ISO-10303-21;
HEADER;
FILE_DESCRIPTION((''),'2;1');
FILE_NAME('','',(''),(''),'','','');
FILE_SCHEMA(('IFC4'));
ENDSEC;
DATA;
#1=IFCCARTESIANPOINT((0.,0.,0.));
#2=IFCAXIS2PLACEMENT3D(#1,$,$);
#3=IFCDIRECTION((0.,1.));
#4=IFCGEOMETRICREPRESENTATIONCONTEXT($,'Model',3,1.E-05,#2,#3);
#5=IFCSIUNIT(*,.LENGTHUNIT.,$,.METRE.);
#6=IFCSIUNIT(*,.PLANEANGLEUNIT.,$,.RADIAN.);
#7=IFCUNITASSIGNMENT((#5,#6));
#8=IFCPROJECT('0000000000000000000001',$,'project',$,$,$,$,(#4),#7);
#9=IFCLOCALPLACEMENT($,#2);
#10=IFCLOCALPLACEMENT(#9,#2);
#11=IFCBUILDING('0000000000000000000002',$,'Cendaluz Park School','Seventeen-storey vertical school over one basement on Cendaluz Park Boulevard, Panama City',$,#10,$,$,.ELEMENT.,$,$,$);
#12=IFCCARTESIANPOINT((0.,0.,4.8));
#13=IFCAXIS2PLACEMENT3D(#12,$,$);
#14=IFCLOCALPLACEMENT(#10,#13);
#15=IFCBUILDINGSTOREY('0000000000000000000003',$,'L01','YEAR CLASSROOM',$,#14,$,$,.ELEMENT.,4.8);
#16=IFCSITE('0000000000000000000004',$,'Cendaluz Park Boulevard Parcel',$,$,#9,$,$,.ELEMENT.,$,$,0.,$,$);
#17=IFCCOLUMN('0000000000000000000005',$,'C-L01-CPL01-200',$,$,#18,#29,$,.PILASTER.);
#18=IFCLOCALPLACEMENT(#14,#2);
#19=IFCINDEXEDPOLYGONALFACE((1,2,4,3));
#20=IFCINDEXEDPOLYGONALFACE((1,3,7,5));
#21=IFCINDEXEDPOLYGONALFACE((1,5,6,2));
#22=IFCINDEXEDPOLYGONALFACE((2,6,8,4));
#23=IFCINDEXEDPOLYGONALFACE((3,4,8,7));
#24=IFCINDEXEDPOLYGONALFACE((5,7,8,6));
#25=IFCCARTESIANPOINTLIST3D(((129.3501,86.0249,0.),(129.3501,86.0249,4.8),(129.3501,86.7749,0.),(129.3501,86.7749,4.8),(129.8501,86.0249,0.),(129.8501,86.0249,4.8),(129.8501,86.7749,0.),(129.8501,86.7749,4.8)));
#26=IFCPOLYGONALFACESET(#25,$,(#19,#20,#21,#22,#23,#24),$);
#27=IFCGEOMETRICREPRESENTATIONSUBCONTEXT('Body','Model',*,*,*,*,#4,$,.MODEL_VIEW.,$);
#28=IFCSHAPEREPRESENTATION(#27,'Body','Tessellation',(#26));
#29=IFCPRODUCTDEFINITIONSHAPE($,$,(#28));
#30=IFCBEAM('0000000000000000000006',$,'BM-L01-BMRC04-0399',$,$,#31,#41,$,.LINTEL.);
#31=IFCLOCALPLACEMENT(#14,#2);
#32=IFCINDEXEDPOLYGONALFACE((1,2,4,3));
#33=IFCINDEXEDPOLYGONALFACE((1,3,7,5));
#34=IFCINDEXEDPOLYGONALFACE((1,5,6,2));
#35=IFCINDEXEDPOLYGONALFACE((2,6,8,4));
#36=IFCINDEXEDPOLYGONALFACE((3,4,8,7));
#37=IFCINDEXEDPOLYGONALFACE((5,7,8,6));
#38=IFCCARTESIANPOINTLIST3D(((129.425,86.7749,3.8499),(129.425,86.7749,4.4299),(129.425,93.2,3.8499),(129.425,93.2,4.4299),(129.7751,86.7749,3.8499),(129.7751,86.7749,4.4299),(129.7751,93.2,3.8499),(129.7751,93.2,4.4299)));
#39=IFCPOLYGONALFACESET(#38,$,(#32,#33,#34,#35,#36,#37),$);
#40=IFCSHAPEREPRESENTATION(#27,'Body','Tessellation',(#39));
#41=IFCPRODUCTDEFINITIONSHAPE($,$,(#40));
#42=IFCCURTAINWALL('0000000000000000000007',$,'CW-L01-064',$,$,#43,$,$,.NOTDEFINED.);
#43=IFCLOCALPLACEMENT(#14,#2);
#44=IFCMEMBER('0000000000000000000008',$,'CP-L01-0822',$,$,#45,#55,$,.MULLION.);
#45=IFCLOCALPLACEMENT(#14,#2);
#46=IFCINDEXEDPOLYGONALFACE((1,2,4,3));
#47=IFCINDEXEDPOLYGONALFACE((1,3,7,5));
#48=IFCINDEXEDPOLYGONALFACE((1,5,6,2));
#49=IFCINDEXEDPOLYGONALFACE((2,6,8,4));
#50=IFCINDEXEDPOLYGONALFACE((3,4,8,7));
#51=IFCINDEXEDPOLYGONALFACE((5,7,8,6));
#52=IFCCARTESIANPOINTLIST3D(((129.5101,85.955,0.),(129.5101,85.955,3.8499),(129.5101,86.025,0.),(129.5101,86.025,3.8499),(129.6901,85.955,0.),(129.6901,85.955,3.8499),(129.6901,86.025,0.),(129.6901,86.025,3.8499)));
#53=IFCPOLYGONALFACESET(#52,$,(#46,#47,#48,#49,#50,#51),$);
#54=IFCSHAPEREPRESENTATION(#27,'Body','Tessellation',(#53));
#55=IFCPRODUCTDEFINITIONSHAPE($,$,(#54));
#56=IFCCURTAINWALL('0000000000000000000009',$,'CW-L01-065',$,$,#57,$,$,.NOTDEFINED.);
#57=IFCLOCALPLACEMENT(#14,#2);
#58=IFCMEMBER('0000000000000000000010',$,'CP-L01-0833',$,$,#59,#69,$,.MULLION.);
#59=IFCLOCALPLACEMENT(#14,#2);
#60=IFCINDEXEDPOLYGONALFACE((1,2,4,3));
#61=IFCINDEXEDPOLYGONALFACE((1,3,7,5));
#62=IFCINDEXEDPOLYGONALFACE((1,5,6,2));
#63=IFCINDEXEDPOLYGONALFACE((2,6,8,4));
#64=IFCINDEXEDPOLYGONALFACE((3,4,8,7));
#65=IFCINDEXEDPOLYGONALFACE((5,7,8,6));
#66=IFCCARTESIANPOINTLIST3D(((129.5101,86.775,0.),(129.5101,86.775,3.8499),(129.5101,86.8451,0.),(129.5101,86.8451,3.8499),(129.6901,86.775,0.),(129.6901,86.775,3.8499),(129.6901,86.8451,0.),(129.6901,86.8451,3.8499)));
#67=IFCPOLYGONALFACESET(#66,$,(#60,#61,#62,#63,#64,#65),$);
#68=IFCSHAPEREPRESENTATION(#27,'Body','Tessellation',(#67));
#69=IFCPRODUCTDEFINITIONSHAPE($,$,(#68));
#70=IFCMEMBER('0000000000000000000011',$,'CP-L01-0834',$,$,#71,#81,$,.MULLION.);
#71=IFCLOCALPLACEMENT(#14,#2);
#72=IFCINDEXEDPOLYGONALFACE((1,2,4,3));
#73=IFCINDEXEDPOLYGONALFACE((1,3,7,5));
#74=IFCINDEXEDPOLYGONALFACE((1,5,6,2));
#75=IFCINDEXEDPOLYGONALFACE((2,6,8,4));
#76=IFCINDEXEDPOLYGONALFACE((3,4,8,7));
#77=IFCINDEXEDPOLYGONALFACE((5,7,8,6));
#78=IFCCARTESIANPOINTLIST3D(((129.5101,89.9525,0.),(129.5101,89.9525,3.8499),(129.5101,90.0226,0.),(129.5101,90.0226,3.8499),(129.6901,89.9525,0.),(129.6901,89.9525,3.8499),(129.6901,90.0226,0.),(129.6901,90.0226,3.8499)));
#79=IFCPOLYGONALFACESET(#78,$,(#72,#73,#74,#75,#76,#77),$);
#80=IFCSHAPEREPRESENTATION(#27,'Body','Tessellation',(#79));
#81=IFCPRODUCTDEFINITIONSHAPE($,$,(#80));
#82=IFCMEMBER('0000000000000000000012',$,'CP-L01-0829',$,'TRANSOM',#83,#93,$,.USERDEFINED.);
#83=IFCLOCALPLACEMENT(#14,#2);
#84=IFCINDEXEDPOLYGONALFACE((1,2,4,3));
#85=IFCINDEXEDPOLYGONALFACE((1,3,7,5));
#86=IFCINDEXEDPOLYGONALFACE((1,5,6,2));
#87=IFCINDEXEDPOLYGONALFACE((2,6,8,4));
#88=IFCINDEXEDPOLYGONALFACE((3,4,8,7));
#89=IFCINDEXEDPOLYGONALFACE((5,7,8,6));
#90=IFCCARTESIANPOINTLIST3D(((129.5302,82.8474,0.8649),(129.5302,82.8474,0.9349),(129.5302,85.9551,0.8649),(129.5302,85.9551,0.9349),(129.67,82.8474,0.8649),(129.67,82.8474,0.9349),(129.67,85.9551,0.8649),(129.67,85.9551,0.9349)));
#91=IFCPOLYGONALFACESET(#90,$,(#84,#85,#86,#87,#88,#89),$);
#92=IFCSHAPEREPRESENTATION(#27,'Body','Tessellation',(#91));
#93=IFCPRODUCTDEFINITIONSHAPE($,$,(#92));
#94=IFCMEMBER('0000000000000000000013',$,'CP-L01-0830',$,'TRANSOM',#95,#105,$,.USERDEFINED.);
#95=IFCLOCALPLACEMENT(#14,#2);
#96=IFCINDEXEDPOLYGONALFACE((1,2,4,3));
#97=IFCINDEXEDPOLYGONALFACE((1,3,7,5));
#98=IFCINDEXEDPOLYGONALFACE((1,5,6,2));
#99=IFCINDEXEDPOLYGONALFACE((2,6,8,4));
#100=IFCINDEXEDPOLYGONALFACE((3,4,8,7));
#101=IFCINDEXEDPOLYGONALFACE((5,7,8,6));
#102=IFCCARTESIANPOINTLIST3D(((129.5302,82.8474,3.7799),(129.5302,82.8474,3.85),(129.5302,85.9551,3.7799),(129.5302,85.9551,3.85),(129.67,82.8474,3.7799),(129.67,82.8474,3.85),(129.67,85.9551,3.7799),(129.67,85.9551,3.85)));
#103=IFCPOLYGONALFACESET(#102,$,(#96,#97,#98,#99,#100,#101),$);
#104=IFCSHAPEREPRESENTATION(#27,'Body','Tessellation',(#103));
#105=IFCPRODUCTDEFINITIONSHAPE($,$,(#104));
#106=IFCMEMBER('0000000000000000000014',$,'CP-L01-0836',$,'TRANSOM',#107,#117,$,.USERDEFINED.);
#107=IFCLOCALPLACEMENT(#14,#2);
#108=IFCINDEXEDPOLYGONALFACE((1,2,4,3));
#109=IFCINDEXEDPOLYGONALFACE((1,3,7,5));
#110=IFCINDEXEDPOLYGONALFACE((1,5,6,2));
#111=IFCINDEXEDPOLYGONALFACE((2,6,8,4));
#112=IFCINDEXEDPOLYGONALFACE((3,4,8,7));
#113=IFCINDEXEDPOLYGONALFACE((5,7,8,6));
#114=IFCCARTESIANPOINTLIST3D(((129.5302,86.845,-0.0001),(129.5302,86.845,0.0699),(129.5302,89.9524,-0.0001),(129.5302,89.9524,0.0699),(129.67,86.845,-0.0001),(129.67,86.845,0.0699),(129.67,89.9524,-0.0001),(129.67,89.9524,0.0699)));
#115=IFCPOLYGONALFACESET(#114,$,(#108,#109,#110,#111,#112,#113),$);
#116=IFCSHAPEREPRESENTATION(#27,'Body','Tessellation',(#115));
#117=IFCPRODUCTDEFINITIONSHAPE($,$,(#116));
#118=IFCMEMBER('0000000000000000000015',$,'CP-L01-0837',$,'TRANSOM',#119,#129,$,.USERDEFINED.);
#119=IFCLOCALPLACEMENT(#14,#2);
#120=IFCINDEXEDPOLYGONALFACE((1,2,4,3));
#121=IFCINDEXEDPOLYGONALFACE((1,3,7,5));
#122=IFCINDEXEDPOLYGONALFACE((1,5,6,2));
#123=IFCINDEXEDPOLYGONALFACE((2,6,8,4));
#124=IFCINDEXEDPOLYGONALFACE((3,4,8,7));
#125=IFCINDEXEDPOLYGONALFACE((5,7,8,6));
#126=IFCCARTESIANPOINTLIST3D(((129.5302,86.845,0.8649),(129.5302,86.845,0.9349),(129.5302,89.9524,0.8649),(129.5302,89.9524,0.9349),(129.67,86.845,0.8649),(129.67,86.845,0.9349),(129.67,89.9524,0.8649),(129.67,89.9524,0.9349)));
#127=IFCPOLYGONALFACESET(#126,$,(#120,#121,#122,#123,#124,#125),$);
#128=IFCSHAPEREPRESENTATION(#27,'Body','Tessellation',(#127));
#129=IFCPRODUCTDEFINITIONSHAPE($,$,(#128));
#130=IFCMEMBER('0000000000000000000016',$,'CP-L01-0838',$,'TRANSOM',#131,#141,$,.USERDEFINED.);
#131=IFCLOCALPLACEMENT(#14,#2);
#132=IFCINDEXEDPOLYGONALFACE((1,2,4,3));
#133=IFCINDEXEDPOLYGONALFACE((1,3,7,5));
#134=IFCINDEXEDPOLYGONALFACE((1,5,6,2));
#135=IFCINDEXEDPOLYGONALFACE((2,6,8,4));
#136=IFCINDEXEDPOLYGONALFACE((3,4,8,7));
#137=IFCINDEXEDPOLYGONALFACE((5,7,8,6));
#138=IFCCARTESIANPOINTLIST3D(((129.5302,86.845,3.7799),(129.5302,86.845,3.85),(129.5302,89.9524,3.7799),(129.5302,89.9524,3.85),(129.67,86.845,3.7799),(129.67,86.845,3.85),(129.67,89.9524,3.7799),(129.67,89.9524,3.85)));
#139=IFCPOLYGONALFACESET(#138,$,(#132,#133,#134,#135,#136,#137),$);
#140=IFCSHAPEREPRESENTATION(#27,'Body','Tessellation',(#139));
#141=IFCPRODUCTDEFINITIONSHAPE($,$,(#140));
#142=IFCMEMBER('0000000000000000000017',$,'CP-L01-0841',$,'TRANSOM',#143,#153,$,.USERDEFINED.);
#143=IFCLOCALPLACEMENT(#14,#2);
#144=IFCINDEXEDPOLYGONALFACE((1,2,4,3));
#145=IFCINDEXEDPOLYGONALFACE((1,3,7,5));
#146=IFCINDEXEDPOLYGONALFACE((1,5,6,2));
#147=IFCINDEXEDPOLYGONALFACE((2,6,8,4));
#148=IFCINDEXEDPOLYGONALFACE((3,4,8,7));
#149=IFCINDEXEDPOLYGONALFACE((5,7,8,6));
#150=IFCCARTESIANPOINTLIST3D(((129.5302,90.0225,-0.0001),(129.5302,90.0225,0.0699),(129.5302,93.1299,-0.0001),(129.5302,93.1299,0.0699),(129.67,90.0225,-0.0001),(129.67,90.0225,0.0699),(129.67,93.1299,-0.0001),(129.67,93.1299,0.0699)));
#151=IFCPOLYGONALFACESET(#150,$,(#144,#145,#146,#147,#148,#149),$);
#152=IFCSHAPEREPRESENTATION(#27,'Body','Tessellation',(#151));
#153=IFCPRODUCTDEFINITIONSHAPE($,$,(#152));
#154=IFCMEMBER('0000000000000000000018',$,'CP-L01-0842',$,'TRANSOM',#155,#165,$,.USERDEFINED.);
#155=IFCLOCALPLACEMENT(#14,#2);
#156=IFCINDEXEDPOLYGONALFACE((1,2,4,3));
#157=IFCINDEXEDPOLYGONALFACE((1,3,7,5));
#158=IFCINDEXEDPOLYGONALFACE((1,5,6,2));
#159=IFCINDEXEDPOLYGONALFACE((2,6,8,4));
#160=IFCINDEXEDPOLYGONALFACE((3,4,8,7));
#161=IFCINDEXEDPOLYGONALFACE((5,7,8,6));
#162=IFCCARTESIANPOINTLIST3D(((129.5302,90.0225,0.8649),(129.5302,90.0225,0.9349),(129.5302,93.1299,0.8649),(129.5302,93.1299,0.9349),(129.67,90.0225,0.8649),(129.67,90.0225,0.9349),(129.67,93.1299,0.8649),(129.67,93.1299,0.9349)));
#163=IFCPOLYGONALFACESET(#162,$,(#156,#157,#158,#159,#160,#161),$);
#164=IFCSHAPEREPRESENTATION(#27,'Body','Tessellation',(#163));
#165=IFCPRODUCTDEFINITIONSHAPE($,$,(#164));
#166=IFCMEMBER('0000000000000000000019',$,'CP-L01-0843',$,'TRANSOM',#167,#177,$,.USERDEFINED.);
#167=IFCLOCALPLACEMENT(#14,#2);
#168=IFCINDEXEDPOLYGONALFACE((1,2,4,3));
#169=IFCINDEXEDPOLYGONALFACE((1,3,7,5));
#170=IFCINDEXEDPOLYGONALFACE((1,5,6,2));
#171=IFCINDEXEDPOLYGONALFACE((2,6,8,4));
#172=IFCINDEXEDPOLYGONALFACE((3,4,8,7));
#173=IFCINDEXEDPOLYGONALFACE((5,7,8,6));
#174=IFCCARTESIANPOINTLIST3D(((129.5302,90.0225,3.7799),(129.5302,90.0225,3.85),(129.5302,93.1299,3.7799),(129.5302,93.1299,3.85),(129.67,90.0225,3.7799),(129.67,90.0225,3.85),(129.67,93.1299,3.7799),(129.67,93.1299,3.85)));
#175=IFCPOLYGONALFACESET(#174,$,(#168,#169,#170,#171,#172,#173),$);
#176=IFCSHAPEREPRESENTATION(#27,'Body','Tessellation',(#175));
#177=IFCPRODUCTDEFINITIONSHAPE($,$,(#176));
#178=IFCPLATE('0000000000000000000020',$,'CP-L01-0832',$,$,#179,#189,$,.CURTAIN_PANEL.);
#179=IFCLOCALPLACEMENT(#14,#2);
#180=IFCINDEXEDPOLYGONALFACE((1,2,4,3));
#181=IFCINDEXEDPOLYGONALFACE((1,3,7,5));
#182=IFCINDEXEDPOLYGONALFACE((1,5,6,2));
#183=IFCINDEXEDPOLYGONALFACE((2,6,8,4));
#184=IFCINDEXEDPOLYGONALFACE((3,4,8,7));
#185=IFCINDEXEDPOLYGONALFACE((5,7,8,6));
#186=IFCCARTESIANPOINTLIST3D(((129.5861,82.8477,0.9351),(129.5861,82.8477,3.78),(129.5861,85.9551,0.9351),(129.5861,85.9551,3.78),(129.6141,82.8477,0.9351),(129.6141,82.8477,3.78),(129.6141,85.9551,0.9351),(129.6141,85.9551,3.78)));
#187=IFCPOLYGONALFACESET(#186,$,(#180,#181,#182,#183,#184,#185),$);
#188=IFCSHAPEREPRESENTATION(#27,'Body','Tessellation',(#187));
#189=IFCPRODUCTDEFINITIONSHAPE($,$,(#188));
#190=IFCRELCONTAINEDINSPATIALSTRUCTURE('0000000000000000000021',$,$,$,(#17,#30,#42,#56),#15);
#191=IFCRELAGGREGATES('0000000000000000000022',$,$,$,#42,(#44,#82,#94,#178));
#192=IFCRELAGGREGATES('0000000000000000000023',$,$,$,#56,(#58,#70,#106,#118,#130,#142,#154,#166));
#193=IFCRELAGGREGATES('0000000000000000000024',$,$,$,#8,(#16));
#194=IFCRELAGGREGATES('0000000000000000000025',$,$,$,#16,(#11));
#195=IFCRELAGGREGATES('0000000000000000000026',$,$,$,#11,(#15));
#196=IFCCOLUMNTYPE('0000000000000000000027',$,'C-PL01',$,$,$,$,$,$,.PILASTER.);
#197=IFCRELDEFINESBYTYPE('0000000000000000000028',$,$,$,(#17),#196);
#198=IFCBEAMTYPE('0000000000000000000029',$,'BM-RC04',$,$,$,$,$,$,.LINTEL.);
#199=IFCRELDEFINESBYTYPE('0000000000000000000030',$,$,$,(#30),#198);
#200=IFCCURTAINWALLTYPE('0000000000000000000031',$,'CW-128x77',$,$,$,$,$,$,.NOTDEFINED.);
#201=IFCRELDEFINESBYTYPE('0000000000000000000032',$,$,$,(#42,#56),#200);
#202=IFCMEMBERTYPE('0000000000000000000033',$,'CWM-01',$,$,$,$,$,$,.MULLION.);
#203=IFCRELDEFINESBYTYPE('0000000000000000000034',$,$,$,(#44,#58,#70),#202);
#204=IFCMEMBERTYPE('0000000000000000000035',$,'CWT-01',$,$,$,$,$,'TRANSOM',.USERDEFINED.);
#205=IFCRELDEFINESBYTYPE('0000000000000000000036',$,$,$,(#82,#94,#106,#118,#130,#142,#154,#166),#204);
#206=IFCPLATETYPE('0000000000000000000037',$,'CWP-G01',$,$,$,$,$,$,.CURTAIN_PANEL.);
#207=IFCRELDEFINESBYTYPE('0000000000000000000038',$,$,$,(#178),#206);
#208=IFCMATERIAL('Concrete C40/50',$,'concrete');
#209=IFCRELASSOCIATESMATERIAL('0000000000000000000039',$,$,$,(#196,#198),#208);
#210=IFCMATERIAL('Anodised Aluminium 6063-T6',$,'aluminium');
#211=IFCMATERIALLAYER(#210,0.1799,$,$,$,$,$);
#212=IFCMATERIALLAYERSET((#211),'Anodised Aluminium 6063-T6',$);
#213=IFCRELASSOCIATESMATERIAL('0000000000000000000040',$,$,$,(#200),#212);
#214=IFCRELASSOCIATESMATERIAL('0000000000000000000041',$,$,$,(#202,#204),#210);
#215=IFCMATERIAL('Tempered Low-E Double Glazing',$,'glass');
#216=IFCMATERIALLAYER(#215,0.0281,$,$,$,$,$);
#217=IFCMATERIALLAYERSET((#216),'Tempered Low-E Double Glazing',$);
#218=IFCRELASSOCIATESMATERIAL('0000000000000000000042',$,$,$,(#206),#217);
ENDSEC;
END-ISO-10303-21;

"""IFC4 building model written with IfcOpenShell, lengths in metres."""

from ifc_helpers import new_model, si_unit, direction, frame, origin, origin_2d, place, context, subcontext, project, spatial, rectangle, extrude, material, layer, layer_set, material_profile, profile_set, type_object, element, aggregate, save


model = new_model("IFC4")

# Units and contexts
model_context = context("Model", 3, precision=1e-05, world=origin(), true_north=direction((0.0, 1.0)))
body_context = subcontext(model_context, "Body", "Model", "MODEL_VIEW")
ifc_project = project(units=[si_unit("LENGTHUNIT", "METRE"), si_unit("PLANEANGLEUNIT", "RADIAN")], contexts=[model_context])

# Site, building, storey
site_placement = place(None, origin())
site = spatial("IfcSite", under=ifc_project, at=site_placement, Name="Cendaluz Park Boulevard Parcel", CompositionType="ELEMENT", RefElevation=0.0)
building_placement = place(site_placement, origin())
building = spatial("IfcBuilding", under=site, at=building_placement, Name="Cendaluz Park School", Description="Seventeen-storey vertical school over one basement on Cendaluz Park Boulevard, Panama City", CompositionType="ELEMENT")
storey_placement = place(building_placement, frame((0.0, 0.0, 4.8)))
storey = spatial("IfcBuildingStorey", under=building, at=storey_placement, Name="L01", Description="YEAR CLASSROOM", CompositionType="ELEMENT", Elevation=4.8)

# Column
ifc_material_1 = material(Name="Concrete C40/50", Category="concrete")
ifc_material_profile_1 = material_profile(ifc_material_1, rectangle(XDim=0.5, YDim=0.75, at=origin_2d()), Name="RC 500x750", Category="concrete")
ifc_profile_set_1 = profile_set([ifc_material_profile_1], Name="Concrete C40/50")
column_type = type_object("IfcColumnType", Name="C-PL01", PredefinedType="PILASTER", material=ifc_profile_set_1)
column_placement = place(storey_placement, frame((129.6001, 86.3999, 0.0), z_axis=(0.0, 0.0, 1.0), x_axis=(1.0, 0.0, 0.0)))
element("IfcColumn", 1, at=column_placement, inside=storey, type_object=column_type, Name="C-L01-CPL01-200", PredefinedType="PILASTER", context=body_context, shape_type="SweptSolid", body=[
    extrude(rectangle(XDim=0.5, YDim=0.75, at=origin_2d()), origin(), (0.0, 0.0, 1.0), 4.8),
])

# Beam
ifc_material_profile_2 = material_profile(ifc_material_1, rectangle(XDim=0.3501, YDim=0.5801, at=origin_2d()), Name="RC 350x580", Category="concrete")
ifc_profile_set_2 = profile_set([ifc_material_profile_2], Name="Concrete C40/50")
beam_type = type_object("IfcBeamType", Name="BM-RC04", PredefinedType="LINTEL", material=ifc_profile_set_2)
beam_placement = place(storey_placement, frame((129.6001, 86.7749, 4.1399), z_axis=(0.0, 1.0, 0.0), x_axis=(-1.0, 0.0, 0.0)))
element("IfcBeam", 2, at=beam_placement, inside=storey, type_object=beam_type, Name="BM-L01-BMRC04-0399", PredefinedType="LINTEL", context=body_context, shape_type="SweptSolid", body=[
    extrude(rectangle(XDim=0.3501, YDim=0.5801, at=origin_2d()), origin(), (0.0, 0.0, 1.0), 6.425),
])

# Curtain wall, member
ifc_material_2 = material(Name="Anodised Aluminium 6063-T6", Category="aluminium")
ifc_layer_1 = layer(ifc_material_2, 0.1799)
ifc_layer_set_1 = layer_set([ifc_layer_1], Name="Anodised Aluminium 6063-T6")
curtain_wall_type = type_object("IfcCurtainWallType", Name="CW-128x77", PredefinedType="NOTDEFINED", material=ifc_layer_set_1)
curtain_wall_1_placement = place(storey_placement, origin())
curtain_wall_1 = element("IfcCurtainWall", 3, at=curtain_wall_1_placement, inside=storey, type_object=curtain_wall_type, Name="CW-L01-064", PredefinedType="NOTDEFINED")
ifc_material_profile_3 = material_profile(ifc_material_2, rectangle(XDim=0.1799, YDim=0.0701, at=origin_2d()), Name="CWM 180x70", Category="aluminium")
ifc_profile_set_3 = profile_set([ifc_material_profile_3], Name="Anodised Aluminium 6063-T6")
member_type_1 = type_object("IfcMemberType", Name="CWM-01", PredefinedType="MULLION", material=ifc_profile_set_3)
member_1_placement = place(storey_placement, frame((129.6001, 85.99, 0.0), z_axis=(0.0, 0.0, 1.0), x_axis=(-1.0, 0.0, 0.0)))
member_1 = element("IfcMember", 4, at=member_1_placement, type_object=member_type_1, Name="CP-L01-0822", PredefinedType="MULLION", context=body_context, shape_type="SweptSolid", body=[
    extrude(rectangle(XDim=0.1799, YDim=0.0701, at=origin_2d()), origin(), (0.0, 0.0, 1.0), 3.8499),
])

# Curtain wall, members
curtain_wall_2_placement = place(storey_placement, origin())
curtain_wall_2 = element("IfcCurtainWall", 5, at=curtain_wall_2_placement, inside=storey, type_object=curtain_wall_type, Name="CW-L01-065", PredefinedType="NOTDEFINED")
member_2_placement = place(storey_placement, frame((129.6001, 86.8101, 0.0), z_axis=(0.0, 0.0, 1.0), x_axis=(-1.0, 0.0, 0.0)))
member_2 = element("IfcMember", 6, at=member_2_placement, type_object=member_type_1, Name="CP-L01-0833", PredefinedType="MULLION", context=body_context, shape_type="SweptSolid", body=[
    extrude(rectangle(XDim=0.1799, YDim=0.0701, at=origin_2d()), origin(), (0.0, 0.0, 1.0), 3.8499),
])
member_3_placement = place(storey_placement, frame((129.6001, 89.9875, 0.0), z_axis=(0.0, 0.0, 1.0), x_axis=(-1.0, 0.0, 0.0)))
member_3 = element("IfcMember", 7, at=member_3_placement, type_object=member_type_1, Name="CP-L01-0834", PredefinedType="MULLION", context=body_context, shape_type="SweptSolid", body=[
    extrude(rectangle(XDim=0.1799, YDim=0.0701, at=origin_2d()), origin(), (0.0, 0.0, 1.0), 3.8499),
])

# Members
ifc_material_profile_4 = material_profile(ifc_material_2, rectangle(XDim=0.1399, YDim=0.0701, at=origin_2d()), Name="CWT 140x70", Category="aluminium")
ifc_profile_set_4 = profile_set([ifc_material_profile_4], Name="Anodised Aluminium 6063-T6")
member_type_2 = type_object("IfcMemberType", Name="CWT-01", ElementType="TRANSOM", PredefinedType="USERDEFINED", material=ifc_profile_set_4)
member_4_placement = place(storey_placement, frame((129.6001, 82.8474, 0.8999), z_axis=(0.0, 1.0, 0.0), x_axis=(-1.0, 0.0, 0.0)))
member_4 = element("IfcMember", 8, at=member_4_placement, type_object=member_type_2, Name="CP-L01-0829", ObjectType="TRANSOM", PredefinedType="USERDEFINED", context=body_context, shape_type="SweptSolid", body=[
    extrude(rectangle(XDim=0.1399, YDim=0.0701, at=origin_2d()), origin(), (0.0, 0.0, 1.0), 3.1077),
])
member_5_placement = place(storey_placement, frame((129.6001, 82.8474, 3.8149), z_axis=(0.0, 1.0, 0.0), x_axis=(-1.0, 0.0, 0.0)))
member_5 = element("IfcMember", 9, at=member_5_placement, type_object=member_type_2, Name="CP-L01-0830", ObjectType="TRANSOM", PredefinedType="USERDEFINED", context=body_context, shape_type="SweptSolid", body=[
    extrude(rectangle(XDim=0.1399, YDim=0.0701, at=origin_2d()), origin(), (0.0, 0.0, 1.0), 3.1077),
])
member_6_placement = place(storey_placement, frame((129.6001, 86.845, 0.0349), z_axis=(0.0, 1.0, 0.0), x_axis=(-1.0, 0.0, 0.0)))
member_6 = element("IfcMember", 10, at=member_6_placement, type_object=member_type_2, Name="CP-L01-0836", ObjectType="TRANSOM", PredefinedType="USERDEFINED", context=body_context, shape_type="SweptSolid", body=[
    extrude(rectangle(XDim=0.1399, YDim=0.0701, at=origin_2d()), origin(), (0.0, 0.0, 1.0), 3.1074),
])
member_7_placement = place(storey_placement, frame((129.6001, 86.845, 0.8999), z_axis=(0.0, 1.0, 0.0), x_axis=(-1.0, 0.0, 0.0)))
member_7 = element("IfcMember", 11, at=member_7_placement, type_object=member_type_2, Name="CP-L01-0837", ObjectType="TRANSOM", PredefinedType="USERDEFINED", context=body_context, shape_type="SweptSolid", body=[
    extrude(rectangle(XDim=0.1399, YDim=0.0701, at=origin_2d()), origin(), (0.0, 0.0, 1.0), 3.1074),
])
member_8_placement = place(storey_placement, frame((129.6001, 86.845, 3.8149), z_axis=(0.0, 1.0, 0.0), x_axis=(-1.0, 0.0, 0.0)))
member_8 = element("IfcMember", 12, at=member_8_placement, type_object=member_type_2, Name="CP-L01-0838", ObjectType="TRANSOM", PredefinedType="USERDEFINED", context=body_context, shape_type="SweptSolid", body=[
    extrude(rectangle(XDim=0.1399, YDim=0.0701, at=origin_2d()), origin(), (0.0, 0.0, 1.0), 3.1074),
])
member_9_placement = place(storey_placement, frame((129.6001, 90.0225, 0.0349), z_axis=(0.0, 1.0, 0.0), x_axis=(-1.0, 0.0, 0.0)))
member_9 = element("IfcMember", 13, at=member_9_placement, type_object=member_type_2, Name="CP-L01-0841", ObjectType="TRANSOM", PredefinedType="USERDEFINED", context=body_context, shape_type="SweptSolid", body=[
    extrude(rectangle(XDim=0.1399, YDim=0.0701, at=origin_2d()), origin(), (0.0, 0.0, 1.0), 3.1074),
])
member_10_placement = place(storey_placement, frame((129.6001, 90.0225, 0.8999), z_axis=(0.0, 1.0, 0.0), x_axis=(-1.0, 0.0, 0.0)))
member_10 = element("IfcMember", 14, at=member_10_placement, type_object=member_type_2, Name="CP-L01-0842", ObjectType="TRANSOM", PredefinedType="USERDEFINED", context=body_context, shape_type="SweptSolid", body=[
    extrude(rectangle(XDim=0.1399, YDim=0.0701, at=origin_2d()), origin(), (0.0, 0.0, 1.0), 3.1074),
])
member_11_placement = place(storey_placement, frame((129.6001, 90.0225, 3.8149), z_axis=(0.0, 1.0, 0.0), x_axis=(-1.0, 0.0, 0.0)))
member_11 = element("IfcMember", 15, at=member_11_placement, type_object=member_type_2, Name="CP-L01-0843", ObjectType="TRANSOM", PredefinedType="USERDEFINED", context=body_context, shape_type="SweptSolid", body=[
    extrude(rectangle(XDim=0.1399, YDim=0.0701, at=origin_2d()), origin(), (0.0, 0.0, 1.0), 3.1074),
])

# Plate
ifc_material_3 = material(Name="Tempered Low-E Double Glazing", Category="glass")
ifc_layer_2 = layer(ifc_material_3, 0.0281)
ifc_layer_set_2 = layer_set([ifc_layer_2], Name="Tempered Low-E Double Glazing")
plate_type_1 = type_object("IfcPlateType", Name="CWP-G01", PredefinedType="CURTAIN_PANEL", material=ifc_layer_set_2)
plate_1_placement = place(storey_placement, frame((129.6001, 84.4014, 0.9351), z_axis=(0.0, 0.0, 1.0), x_axis=(0.0, 1.0, 0.0)))
plate_1 = element("IfcPlate", 16, at=plate_1_placement, type_object=plate_type_1, Name="CP-L01-0832", PredefinedType="CURTAIN_PANEL", context=body_context, shape_type="SweptSolid", body=[
    extrude(rectangle(XDim=3.1074, YDim=0.0281, at=origin_2d()), origin(), (0.0, 0.0, 1.0), 2.845),
])
aggregate(curtain_wall_1, [member_1, member_4, member_5, plate_1])
aggregate(curtain_wall_2, [member_2, member_3, member_6, member_7, member_8, member_9, member_10, member_11])

save(model, "model.ifc")
